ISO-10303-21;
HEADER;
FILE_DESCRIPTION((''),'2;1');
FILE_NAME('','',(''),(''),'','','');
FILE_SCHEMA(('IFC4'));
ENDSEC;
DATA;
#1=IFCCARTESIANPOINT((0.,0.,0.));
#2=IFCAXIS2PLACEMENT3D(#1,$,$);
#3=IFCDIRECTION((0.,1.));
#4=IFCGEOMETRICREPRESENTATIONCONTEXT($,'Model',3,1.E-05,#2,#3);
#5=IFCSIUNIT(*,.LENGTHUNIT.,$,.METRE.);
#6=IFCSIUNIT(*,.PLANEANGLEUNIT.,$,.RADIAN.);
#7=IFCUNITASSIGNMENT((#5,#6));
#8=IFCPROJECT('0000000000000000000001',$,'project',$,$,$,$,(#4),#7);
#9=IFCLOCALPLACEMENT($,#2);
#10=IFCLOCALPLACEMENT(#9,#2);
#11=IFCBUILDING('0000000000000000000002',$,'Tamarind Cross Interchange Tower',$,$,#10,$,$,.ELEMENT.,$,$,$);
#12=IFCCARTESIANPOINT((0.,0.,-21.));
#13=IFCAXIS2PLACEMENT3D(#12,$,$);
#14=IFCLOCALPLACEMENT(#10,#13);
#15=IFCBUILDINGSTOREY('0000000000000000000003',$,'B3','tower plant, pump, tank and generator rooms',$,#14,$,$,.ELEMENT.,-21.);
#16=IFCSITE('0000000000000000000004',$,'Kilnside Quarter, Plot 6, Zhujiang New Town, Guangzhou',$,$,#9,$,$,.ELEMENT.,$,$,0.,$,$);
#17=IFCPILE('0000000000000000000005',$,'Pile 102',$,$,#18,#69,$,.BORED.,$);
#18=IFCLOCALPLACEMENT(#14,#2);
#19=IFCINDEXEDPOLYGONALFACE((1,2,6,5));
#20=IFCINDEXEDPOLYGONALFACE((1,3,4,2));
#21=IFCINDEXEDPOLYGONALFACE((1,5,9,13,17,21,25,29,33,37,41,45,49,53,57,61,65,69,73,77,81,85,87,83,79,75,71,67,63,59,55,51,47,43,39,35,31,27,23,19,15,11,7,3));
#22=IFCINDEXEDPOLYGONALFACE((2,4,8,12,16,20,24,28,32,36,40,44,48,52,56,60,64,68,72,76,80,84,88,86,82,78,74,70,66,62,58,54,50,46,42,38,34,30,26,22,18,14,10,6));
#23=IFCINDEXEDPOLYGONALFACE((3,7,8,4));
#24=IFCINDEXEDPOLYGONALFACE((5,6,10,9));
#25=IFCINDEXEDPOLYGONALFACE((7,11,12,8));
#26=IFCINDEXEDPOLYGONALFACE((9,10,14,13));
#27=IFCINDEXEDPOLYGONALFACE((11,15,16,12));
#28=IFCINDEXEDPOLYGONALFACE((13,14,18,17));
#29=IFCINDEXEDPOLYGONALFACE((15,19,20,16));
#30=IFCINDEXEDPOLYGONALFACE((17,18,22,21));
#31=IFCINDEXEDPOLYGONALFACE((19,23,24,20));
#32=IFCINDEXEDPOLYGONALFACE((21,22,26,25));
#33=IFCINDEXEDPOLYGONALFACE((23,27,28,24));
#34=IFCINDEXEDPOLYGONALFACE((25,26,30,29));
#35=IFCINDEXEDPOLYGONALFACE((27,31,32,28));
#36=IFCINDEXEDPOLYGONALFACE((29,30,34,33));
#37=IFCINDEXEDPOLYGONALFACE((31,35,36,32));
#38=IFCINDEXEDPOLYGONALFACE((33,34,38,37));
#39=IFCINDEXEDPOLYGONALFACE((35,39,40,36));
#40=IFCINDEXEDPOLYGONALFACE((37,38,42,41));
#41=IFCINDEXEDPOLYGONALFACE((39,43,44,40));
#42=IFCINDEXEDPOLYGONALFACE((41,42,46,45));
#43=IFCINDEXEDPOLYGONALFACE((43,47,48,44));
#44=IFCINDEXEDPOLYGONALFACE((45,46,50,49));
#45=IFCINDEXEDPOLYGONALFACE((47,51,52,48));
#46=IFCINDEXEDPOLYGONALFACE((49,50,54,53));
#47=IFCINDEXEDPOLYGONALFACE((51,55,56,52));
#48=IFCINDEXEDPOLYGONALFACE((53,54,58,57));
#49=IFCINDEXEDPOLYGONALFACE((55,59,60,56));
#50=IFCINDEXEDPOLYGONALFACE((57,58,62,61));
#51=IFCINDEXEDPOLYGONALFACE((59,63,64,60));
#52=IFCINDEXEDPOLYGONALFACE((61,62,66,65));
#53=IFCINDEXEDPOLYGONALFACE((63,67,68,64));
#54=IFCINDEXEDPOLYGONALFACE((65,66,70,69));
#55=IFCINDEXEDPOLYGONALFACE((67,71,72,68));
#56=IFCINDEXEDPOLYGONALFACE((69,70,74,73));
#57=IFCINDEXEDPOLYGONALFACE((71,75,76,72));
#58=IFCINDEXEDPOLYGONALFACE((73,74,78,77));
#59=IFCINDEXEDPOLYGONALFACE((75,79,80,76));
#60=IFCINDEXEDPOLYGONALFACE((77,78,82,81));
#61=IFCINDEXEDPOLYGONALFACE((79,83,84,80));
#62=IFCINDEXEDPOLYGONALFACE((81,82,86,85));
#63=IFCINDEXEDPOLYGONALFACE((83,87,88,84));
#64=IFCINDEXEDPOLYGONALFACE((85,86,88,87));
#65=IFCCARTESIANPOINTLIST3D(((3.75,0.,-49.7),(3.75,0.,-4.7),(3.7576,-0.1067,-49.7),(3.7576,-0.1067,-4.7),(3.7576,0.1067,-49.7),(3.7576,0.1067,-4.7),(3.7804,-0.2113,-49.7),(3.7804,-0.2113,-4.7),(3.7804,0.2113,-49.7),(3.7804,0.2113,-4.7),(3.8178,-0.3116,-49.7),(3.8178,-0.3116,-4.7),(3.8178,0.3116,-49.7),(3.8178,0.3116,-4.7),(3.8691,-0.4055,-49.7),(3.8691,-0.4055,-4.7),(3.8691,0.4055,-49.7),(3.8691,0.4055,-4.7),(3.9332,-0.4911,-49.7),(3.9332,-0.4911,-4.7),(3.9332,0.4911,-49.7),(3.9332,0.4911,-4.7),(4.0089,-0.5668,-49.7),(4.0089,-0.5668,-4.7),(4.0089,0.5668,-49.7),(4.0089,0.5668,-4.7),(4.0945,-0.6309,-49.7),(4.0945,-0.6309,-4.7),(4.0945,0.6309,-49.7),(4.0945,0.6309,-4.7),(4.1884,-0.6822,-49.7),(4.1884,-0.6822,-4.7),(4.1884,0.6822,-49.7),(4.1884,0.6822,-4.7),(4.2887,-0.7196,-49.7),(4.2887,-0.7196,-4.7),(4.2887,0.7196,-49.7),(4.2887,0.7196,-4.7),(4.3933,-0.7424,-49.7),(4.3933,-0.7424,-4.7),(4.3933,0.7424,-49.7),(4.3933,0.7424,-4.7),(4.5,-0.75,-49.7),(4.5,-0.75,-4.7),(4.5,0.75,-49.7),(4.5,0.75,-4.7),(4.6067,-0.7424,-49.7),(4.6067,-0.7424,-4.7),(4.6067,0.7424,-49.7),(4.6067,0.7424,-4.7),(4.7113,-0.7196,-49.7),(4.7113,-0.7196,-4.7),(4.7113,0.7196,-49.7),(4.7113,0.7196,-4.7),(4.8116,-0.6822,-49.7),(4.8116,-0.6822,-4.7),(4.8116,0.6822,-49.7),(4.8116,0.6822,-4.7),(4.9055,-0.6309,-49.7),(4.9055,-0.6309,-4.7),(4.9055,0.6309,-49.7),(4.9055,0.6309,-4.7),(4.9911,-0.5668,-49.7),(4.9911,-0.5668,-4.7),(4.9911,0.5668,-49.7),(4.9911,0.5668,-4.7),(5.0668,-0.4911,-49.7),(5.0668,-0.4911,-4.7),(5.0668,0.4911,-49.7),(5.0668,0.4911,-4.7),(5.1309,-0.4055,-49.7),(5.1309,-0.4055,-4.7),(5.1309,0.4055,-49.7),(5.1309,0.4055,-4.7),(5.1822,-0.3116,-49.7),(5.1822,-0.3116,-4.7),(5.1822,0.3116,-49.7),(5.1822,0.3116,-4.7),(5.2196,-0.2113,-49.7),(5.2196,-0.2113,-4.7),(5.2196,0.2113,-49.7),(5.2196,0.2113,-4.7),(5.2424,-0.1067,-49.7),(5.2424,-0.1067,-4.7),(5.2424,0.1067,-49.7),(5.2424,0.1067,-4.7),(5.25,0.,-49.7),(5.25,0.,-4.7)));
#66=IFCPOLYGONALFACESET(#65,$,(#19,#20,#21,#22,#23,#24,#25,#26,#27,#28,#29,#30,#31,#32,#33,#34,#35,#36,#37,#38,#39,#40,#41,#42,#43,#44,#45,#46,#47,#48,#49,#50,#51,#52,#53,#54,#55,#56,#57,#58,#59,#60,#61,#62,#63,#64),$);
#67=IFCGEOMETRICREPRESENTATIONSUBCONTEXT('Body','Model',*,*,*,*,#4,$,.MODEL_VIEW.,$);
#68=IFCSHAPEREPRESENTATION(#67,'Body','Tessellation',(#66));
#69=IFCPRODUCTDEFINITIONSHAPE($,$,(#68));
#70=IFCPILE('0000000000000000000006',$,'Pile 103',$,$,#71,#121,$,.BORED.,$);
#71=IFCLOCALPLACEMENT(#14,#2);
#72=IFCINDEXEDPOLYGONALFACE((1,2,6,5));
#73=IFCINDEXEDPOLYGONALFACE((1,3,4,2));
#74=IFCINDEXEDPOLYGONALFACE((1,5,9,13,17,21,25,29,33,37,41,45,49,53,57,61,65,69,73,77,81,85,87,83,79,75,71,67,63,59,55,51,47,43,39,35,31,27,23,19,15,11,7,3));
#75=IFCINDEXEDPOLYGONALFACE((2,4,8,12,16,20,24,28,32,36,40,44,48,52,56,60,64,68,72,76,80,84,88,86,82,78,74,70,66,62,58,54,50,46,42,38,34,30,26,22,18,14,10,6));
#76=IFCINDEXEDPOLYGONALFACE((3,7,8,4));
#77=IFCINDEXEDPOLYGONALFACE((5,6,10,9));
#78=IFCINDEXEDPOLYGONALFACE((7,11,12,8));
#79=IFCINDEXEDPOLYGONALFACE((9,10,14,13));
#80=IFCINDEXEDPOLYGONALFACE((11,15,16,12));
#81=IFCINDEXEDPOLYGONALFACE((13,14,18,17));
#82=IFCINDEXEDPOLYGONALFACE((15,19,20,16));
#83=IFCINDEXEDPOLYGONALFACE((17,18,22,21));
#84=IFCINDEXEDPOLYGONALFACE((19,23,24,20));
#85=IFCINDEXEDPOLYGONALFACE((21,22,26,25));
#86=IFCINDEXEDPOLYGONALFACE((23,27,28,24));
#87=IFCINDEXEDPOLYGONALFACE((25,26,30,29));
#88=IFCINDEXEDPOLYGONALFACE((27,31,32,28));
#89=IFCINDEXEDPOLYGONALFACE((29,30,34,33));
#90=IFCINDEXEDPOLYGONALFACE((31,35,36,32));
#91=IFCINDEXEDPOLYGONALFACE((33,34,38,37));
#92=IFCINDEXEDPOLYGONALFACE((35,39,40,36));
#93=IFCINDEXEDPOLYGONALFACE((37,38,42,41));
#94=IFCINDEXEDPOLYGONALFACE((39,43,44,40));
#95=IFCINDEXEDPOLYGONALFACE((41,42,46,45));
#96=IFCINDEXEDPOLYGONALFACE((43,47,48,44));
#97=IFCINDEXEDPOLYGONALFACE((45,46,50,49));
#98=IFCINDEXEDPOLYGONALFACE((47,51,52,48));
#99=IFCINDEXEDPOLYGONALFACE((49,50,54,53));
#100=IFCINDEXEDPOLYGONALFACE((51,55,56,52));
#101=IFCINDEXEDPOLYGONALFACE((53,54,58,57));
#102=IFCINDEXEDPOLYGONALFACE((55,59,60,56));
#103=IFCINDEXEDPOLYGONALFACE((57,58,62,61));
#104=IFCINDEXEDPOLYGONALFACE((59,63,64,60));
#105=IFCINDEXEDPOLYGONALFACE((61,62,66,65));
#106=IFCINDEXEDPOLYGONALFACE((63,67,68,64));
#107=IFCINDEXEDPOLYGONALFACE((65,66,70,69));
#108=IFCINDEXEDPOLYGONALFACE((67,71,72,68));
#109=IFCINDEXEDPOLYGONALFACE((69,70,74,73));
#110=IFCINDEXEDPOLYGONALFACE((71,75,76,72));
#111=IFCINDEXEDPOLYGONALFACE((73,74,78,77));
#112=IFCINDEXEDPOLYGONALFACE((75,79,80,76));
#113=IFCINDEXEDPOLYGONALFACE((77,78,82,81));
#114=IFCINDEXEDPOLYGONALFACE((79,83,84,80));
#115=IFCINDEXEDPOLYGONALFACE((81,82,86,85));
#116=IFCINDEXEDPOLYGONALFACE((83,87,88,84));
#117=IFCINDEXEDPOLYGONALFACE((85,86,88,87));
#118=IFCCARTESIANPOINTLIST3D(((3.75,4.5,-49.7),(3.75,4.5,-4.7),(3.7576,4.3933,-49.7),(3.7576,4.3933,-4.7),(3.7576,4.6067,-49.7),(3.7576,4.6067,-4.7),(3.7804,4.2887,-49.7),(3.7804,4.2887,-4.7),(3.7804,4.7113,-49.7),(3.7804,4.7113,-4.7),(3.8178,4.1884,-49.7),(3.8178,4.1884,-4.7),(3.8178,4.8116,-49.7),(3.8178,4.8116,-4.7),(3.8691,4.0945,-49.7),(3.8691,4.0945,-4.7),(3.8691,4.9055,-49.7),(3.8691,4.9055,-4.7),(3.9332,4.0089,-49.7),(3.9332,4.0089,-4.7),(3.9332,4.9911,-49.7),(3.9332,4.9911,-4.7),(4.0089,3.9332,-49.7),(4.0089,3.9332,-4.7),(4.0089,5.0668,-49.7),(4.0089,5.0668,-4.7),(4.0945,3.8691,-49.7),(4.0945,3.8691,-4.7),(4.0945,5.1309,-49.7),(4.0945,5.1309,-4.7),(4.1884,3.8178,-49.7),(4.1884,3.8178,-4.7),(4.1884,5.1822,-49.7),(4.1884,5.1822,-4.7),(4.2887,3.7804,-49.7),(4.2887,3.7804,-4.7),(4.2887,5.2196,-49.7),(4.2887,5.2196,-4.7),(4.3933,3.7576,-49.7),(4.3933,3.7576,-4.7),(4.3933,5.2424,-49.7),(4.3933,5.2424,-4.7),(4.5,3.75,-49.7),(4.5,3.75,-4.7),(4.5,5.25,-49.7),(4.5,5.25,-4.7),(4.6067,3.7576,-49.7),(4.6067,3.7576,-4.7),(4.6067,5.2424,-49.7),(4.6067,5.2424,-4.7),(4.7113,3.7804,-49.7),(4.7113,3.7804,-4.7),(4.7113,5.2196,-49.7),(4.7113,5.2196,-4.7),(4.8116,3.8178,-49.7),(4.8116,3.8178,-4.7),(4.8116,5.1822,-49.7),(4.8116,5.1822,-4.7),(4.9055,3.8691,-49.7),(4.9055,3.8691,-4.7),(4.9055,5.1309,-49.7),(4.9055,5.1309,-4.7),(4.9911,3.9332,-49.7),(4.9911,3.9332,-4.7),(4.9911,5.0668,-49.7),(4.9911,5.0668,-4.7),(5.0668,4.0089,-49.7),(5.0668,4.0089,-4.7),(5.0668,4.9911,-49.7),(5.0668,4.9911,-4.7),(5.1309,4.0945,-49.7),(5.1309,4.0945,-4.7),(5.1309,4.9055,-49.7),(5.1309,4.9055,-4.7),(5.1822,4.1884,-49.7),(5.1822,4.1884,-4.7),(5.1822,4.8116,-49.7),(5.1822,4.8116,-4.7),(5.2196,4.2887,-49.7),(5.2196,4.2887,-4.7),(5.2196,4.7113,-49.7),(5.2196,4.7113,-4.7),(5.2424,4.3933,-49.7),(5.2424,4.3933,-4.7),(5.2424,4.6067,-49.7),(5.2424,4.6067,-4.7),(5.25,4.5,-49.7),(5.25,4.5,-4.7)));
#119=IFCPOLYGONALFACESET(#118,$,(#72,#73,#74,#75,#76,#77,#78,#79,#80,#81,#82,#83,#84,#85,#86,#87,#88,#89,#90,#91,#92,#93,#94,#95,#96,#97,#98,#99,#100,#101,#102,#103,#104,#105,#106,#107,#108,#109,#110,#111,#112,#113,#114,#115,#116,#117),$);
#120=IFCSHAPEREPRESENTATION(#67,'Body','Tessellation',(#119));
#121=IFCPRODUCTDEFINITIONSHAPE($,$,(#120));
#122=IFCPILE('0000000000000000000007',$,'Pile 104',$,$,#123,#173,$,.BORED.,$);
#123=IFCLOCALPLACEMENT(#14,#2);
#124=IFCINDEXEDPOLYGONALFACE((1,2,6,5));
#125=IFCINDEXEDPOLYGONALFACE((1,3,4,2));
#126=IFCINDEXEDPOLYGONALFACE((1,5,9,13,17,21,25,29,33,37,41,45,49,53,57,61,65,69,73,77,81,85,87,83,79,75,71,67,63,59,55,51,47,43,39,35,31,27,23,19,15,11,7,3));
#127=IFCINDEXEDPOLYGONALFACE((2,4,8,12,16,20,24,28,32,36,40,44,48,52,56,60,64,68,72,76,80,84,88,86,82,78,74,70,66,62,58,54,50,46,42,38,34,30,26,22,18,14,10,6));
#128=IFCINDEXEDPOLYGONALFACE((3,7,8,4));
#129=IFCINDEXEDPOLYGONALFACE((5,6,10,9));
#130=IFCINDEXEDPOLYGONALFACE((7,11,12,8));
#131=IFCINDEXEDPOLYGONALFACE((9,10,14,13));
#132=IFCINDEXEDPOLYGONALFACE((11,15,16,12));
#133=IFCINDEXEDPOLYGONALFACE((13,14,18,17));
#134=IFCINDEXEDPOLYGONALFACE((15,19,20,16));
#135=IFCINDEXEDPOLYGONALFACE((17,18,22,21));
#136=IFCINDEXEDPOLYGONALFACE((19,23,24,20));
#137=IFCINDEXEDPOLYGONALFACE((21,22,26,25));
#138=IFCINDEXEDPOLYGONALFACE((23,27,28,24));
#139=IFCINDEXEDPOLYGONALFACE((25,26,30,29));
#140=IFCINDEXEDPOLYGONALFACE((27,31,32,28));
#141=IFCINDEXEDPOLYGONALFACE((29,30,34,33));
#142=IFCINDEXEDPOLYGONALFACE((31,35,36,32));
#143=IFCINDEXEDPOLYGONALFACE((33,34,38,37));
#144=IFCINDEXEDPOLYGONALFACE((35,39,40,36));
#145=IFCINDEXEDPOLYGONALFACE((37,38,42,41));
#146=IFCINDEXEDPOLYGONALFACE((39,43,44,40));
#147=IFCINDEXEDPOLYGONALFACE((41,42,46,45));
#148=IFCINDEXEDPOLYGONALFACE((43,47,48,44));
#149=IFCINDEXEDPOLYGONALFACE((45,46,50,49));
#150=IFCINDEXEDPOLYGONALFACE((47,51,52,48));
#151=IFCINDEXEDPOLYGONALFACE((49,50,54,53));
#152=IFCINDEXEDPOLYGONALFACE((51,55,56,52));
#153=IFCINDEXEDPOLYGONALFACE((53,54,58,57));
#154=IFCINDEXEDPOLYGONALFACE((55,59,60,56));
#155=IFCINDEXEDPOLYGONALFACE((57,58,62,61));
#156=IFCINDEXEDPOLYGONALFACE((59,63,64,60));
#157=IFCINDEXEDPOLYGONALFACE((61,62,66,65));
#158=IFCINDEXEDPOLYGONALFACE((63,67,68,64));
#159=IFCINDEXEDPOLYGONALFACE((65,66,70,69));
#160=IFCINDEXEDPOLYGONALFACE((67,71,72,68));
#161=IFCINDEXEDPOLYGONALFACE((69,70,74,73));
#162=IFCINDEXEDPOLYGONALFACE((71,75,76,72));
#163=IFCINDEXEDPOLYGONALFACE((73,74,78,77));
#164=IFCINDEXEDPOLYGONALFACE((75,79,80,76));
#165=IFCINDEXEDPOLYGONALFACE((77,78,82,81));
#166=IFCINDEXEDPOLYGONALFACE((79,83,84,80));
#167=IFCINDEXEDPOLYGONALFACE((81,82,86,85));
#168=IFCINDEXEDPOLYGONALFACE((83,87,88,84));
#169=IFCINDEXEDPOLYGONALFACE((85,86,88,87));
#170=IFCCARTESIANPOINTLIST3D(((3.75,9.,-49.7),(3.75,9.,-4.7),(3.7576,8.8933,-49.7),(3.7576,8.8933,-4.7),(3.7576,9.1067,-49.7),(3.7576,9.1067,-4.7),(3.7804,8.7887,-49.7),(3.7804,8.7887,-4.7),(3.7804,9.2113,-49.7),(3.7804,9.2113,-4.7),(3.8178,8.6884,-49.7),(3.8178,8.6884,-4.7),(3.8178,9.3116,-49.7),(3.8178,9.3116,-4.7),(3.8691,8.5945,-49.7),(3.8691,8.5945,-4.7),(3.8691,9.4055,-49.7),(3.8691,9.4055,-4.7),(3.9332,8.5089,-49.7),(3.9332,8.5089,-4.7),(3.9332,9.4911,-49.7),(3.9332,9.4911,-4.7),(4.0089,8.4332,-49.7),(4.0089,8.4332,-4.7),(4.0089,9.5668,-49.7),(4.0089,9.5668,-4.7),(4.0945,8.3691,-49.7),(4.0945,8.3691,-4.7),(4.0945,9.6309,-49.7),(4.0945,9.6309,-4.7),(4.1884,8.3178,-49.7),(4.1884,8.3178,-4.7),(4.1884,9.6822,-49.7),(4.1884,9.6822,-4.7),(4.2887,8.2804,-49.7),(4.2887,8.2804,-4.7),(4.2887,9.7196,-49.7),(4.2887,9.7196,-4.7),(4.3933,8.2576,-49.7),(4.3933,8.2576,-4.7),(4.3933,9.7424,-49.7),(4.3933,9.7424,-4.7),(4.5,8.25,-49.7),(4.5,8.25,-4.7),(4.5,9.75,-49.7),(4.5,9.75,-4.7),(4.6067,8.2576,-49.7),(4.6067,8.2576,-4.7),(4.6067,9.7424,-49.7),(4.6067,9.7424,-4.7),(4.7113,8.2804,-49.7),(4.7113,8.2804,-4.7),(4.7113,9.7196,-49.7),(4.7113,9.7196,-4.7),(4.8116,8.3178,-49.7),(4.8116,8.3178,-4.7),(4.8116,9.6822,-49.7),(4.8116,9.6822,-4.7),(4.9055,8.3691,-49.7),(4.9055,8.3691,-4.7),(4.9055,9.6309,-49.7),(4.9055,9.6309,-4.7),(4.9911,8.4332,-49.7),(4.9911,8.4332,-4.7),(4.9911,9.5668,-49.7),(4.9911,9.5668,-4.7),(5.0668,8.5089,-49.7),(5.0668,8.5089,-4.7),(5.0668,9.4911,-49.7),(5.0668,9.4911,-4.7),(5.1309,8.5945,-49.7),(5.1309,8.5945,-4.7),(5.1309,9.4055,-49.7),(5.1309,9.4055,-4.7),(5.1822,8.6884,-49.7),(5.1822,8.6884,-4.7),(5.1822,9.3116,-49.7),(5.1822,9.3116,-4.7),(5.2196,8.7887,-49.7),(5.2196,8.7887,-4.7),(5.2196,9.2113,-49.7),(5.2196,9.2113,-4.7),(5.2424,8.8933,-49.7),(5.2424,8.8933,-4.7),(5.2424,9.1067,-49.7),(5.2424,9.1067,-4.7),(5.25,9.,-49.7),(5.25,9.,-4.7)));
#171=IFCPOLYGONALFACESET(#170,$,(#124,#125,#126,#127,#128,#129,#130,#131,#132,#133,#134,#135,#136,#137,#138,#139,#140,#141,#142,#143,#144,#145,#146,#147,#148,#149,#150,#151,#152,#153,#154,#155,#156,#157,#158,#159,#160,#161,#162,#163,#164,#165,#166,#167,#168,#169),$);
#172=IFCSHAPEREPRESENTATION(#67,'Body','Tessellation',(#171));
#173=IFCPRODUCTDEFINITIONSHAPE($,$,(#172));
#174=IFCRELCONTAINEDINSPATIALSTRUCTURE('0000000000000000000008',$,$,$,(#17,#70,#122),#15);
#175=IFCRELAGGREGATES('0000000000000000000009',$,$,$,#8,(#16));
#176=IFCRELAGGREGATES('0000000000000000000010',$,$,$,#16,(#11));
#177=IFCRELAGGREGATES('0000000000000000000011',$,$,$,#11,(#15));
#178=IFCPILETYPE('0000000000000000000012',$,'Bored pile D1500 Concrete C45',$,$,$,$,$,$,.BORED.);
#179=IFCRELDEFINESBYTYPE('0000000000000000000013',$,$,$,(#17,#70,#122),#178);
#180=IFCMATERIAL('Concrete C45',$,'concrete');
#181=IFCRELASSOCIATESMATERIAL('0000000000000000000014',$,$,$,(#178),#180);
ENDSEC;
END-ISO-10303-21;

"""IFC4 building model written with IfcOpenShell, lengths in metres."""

from ifc_helpers import new_model, si_unit, direction, frame, origin, origin_2d, place, context, subcontext, project, spatial, circle, extrude, material, material_profile, profile_set, type_object, element, save


model = new_model("IFC4")

# Units and contexts
model_context = context("Model", 3, precision=1e-05, world=origin(), true_north=direction((0.0, 1.0)))
body_context = subcontext(model_context, "Body", "Model", "MODEL_VIEW")
ifc_project = project(units=[si_unit("LENGTHUNIT", "METRE"), si_unit("PLANEANGLEUNIT", "RADIAN")], contexts=[model_context])

# Site, building, storey
site_placement = place(None, origin())
site = spatial("IfcSite", under=ifc_project, at=site_placement, Name="Kilnside Quarter, Plot 6, Zhujiang New Town, Guangzhou", CompositionType="ELEMENT", RefElevation=0.0)
building_placement = place(site_placement, origin())
building = spatial("IfcBuilding", under=site, at=building_placement, Name="Tamarind Cross Interchange Tower", CompositionType="ELEMENT")
storey_placement = place(building_placement, frame((0.0, 0.0, -21.0)))
storey = spatial("IfcBuildingStorey", under=building, at=storey_placement, Name="B3", Description="tower plant, pump, tank and generator rooms", CompositionType="ELEMENT", Elevation=-21.0)

# Piles
ifc_material_1 = material(Name="Concrete C45", Category="concrete")
ifc_material_profile = material_profile(ifc_material_1, circle(Radius=0.75, at=origin_2d()), Name="RC D1500")
ifc_profile_set = profile_set([ifc_material_profile], Name="Concrete C45")
pile_type = type_object("IfcPileType", Name="Bored pile D1500 Concrete C45", PredefinedType="BORED", material=ifc_profile_set)
for number, where, z_axis, x_axis, name in (
    (1, (4.5, 0.0, -4.7), (0.0, 0.0, -1.0), (1.0, 0.0, 0.0), "Pile 102"),
    (2, (4.5, 4.5, -4.7), (0.0, 0.0, -1.0), (1.0, 0.0, 0.0), "Pile 103"),
    (3, (4.5, 9.0, -4.7), (0.0, 0.0, -1.0), (1.0, 0.0, 0.0), "Pile 104"),
):
    element("IfcPile", number, at=place(storey_placement, frame(where, z_axis=z_axis, x_axis=x_axis)), inside=storey, type_object=pile_type, Name=name, PredefinedType="BORED", context=body_context, shape_type="SweptSolid", body=[
        extrude(circle(Radius=0.75, at=origin_2d()), origin(), (0.0, 0.0, 1.0), 45.0),
    ])

save(model, "model.ifc")
